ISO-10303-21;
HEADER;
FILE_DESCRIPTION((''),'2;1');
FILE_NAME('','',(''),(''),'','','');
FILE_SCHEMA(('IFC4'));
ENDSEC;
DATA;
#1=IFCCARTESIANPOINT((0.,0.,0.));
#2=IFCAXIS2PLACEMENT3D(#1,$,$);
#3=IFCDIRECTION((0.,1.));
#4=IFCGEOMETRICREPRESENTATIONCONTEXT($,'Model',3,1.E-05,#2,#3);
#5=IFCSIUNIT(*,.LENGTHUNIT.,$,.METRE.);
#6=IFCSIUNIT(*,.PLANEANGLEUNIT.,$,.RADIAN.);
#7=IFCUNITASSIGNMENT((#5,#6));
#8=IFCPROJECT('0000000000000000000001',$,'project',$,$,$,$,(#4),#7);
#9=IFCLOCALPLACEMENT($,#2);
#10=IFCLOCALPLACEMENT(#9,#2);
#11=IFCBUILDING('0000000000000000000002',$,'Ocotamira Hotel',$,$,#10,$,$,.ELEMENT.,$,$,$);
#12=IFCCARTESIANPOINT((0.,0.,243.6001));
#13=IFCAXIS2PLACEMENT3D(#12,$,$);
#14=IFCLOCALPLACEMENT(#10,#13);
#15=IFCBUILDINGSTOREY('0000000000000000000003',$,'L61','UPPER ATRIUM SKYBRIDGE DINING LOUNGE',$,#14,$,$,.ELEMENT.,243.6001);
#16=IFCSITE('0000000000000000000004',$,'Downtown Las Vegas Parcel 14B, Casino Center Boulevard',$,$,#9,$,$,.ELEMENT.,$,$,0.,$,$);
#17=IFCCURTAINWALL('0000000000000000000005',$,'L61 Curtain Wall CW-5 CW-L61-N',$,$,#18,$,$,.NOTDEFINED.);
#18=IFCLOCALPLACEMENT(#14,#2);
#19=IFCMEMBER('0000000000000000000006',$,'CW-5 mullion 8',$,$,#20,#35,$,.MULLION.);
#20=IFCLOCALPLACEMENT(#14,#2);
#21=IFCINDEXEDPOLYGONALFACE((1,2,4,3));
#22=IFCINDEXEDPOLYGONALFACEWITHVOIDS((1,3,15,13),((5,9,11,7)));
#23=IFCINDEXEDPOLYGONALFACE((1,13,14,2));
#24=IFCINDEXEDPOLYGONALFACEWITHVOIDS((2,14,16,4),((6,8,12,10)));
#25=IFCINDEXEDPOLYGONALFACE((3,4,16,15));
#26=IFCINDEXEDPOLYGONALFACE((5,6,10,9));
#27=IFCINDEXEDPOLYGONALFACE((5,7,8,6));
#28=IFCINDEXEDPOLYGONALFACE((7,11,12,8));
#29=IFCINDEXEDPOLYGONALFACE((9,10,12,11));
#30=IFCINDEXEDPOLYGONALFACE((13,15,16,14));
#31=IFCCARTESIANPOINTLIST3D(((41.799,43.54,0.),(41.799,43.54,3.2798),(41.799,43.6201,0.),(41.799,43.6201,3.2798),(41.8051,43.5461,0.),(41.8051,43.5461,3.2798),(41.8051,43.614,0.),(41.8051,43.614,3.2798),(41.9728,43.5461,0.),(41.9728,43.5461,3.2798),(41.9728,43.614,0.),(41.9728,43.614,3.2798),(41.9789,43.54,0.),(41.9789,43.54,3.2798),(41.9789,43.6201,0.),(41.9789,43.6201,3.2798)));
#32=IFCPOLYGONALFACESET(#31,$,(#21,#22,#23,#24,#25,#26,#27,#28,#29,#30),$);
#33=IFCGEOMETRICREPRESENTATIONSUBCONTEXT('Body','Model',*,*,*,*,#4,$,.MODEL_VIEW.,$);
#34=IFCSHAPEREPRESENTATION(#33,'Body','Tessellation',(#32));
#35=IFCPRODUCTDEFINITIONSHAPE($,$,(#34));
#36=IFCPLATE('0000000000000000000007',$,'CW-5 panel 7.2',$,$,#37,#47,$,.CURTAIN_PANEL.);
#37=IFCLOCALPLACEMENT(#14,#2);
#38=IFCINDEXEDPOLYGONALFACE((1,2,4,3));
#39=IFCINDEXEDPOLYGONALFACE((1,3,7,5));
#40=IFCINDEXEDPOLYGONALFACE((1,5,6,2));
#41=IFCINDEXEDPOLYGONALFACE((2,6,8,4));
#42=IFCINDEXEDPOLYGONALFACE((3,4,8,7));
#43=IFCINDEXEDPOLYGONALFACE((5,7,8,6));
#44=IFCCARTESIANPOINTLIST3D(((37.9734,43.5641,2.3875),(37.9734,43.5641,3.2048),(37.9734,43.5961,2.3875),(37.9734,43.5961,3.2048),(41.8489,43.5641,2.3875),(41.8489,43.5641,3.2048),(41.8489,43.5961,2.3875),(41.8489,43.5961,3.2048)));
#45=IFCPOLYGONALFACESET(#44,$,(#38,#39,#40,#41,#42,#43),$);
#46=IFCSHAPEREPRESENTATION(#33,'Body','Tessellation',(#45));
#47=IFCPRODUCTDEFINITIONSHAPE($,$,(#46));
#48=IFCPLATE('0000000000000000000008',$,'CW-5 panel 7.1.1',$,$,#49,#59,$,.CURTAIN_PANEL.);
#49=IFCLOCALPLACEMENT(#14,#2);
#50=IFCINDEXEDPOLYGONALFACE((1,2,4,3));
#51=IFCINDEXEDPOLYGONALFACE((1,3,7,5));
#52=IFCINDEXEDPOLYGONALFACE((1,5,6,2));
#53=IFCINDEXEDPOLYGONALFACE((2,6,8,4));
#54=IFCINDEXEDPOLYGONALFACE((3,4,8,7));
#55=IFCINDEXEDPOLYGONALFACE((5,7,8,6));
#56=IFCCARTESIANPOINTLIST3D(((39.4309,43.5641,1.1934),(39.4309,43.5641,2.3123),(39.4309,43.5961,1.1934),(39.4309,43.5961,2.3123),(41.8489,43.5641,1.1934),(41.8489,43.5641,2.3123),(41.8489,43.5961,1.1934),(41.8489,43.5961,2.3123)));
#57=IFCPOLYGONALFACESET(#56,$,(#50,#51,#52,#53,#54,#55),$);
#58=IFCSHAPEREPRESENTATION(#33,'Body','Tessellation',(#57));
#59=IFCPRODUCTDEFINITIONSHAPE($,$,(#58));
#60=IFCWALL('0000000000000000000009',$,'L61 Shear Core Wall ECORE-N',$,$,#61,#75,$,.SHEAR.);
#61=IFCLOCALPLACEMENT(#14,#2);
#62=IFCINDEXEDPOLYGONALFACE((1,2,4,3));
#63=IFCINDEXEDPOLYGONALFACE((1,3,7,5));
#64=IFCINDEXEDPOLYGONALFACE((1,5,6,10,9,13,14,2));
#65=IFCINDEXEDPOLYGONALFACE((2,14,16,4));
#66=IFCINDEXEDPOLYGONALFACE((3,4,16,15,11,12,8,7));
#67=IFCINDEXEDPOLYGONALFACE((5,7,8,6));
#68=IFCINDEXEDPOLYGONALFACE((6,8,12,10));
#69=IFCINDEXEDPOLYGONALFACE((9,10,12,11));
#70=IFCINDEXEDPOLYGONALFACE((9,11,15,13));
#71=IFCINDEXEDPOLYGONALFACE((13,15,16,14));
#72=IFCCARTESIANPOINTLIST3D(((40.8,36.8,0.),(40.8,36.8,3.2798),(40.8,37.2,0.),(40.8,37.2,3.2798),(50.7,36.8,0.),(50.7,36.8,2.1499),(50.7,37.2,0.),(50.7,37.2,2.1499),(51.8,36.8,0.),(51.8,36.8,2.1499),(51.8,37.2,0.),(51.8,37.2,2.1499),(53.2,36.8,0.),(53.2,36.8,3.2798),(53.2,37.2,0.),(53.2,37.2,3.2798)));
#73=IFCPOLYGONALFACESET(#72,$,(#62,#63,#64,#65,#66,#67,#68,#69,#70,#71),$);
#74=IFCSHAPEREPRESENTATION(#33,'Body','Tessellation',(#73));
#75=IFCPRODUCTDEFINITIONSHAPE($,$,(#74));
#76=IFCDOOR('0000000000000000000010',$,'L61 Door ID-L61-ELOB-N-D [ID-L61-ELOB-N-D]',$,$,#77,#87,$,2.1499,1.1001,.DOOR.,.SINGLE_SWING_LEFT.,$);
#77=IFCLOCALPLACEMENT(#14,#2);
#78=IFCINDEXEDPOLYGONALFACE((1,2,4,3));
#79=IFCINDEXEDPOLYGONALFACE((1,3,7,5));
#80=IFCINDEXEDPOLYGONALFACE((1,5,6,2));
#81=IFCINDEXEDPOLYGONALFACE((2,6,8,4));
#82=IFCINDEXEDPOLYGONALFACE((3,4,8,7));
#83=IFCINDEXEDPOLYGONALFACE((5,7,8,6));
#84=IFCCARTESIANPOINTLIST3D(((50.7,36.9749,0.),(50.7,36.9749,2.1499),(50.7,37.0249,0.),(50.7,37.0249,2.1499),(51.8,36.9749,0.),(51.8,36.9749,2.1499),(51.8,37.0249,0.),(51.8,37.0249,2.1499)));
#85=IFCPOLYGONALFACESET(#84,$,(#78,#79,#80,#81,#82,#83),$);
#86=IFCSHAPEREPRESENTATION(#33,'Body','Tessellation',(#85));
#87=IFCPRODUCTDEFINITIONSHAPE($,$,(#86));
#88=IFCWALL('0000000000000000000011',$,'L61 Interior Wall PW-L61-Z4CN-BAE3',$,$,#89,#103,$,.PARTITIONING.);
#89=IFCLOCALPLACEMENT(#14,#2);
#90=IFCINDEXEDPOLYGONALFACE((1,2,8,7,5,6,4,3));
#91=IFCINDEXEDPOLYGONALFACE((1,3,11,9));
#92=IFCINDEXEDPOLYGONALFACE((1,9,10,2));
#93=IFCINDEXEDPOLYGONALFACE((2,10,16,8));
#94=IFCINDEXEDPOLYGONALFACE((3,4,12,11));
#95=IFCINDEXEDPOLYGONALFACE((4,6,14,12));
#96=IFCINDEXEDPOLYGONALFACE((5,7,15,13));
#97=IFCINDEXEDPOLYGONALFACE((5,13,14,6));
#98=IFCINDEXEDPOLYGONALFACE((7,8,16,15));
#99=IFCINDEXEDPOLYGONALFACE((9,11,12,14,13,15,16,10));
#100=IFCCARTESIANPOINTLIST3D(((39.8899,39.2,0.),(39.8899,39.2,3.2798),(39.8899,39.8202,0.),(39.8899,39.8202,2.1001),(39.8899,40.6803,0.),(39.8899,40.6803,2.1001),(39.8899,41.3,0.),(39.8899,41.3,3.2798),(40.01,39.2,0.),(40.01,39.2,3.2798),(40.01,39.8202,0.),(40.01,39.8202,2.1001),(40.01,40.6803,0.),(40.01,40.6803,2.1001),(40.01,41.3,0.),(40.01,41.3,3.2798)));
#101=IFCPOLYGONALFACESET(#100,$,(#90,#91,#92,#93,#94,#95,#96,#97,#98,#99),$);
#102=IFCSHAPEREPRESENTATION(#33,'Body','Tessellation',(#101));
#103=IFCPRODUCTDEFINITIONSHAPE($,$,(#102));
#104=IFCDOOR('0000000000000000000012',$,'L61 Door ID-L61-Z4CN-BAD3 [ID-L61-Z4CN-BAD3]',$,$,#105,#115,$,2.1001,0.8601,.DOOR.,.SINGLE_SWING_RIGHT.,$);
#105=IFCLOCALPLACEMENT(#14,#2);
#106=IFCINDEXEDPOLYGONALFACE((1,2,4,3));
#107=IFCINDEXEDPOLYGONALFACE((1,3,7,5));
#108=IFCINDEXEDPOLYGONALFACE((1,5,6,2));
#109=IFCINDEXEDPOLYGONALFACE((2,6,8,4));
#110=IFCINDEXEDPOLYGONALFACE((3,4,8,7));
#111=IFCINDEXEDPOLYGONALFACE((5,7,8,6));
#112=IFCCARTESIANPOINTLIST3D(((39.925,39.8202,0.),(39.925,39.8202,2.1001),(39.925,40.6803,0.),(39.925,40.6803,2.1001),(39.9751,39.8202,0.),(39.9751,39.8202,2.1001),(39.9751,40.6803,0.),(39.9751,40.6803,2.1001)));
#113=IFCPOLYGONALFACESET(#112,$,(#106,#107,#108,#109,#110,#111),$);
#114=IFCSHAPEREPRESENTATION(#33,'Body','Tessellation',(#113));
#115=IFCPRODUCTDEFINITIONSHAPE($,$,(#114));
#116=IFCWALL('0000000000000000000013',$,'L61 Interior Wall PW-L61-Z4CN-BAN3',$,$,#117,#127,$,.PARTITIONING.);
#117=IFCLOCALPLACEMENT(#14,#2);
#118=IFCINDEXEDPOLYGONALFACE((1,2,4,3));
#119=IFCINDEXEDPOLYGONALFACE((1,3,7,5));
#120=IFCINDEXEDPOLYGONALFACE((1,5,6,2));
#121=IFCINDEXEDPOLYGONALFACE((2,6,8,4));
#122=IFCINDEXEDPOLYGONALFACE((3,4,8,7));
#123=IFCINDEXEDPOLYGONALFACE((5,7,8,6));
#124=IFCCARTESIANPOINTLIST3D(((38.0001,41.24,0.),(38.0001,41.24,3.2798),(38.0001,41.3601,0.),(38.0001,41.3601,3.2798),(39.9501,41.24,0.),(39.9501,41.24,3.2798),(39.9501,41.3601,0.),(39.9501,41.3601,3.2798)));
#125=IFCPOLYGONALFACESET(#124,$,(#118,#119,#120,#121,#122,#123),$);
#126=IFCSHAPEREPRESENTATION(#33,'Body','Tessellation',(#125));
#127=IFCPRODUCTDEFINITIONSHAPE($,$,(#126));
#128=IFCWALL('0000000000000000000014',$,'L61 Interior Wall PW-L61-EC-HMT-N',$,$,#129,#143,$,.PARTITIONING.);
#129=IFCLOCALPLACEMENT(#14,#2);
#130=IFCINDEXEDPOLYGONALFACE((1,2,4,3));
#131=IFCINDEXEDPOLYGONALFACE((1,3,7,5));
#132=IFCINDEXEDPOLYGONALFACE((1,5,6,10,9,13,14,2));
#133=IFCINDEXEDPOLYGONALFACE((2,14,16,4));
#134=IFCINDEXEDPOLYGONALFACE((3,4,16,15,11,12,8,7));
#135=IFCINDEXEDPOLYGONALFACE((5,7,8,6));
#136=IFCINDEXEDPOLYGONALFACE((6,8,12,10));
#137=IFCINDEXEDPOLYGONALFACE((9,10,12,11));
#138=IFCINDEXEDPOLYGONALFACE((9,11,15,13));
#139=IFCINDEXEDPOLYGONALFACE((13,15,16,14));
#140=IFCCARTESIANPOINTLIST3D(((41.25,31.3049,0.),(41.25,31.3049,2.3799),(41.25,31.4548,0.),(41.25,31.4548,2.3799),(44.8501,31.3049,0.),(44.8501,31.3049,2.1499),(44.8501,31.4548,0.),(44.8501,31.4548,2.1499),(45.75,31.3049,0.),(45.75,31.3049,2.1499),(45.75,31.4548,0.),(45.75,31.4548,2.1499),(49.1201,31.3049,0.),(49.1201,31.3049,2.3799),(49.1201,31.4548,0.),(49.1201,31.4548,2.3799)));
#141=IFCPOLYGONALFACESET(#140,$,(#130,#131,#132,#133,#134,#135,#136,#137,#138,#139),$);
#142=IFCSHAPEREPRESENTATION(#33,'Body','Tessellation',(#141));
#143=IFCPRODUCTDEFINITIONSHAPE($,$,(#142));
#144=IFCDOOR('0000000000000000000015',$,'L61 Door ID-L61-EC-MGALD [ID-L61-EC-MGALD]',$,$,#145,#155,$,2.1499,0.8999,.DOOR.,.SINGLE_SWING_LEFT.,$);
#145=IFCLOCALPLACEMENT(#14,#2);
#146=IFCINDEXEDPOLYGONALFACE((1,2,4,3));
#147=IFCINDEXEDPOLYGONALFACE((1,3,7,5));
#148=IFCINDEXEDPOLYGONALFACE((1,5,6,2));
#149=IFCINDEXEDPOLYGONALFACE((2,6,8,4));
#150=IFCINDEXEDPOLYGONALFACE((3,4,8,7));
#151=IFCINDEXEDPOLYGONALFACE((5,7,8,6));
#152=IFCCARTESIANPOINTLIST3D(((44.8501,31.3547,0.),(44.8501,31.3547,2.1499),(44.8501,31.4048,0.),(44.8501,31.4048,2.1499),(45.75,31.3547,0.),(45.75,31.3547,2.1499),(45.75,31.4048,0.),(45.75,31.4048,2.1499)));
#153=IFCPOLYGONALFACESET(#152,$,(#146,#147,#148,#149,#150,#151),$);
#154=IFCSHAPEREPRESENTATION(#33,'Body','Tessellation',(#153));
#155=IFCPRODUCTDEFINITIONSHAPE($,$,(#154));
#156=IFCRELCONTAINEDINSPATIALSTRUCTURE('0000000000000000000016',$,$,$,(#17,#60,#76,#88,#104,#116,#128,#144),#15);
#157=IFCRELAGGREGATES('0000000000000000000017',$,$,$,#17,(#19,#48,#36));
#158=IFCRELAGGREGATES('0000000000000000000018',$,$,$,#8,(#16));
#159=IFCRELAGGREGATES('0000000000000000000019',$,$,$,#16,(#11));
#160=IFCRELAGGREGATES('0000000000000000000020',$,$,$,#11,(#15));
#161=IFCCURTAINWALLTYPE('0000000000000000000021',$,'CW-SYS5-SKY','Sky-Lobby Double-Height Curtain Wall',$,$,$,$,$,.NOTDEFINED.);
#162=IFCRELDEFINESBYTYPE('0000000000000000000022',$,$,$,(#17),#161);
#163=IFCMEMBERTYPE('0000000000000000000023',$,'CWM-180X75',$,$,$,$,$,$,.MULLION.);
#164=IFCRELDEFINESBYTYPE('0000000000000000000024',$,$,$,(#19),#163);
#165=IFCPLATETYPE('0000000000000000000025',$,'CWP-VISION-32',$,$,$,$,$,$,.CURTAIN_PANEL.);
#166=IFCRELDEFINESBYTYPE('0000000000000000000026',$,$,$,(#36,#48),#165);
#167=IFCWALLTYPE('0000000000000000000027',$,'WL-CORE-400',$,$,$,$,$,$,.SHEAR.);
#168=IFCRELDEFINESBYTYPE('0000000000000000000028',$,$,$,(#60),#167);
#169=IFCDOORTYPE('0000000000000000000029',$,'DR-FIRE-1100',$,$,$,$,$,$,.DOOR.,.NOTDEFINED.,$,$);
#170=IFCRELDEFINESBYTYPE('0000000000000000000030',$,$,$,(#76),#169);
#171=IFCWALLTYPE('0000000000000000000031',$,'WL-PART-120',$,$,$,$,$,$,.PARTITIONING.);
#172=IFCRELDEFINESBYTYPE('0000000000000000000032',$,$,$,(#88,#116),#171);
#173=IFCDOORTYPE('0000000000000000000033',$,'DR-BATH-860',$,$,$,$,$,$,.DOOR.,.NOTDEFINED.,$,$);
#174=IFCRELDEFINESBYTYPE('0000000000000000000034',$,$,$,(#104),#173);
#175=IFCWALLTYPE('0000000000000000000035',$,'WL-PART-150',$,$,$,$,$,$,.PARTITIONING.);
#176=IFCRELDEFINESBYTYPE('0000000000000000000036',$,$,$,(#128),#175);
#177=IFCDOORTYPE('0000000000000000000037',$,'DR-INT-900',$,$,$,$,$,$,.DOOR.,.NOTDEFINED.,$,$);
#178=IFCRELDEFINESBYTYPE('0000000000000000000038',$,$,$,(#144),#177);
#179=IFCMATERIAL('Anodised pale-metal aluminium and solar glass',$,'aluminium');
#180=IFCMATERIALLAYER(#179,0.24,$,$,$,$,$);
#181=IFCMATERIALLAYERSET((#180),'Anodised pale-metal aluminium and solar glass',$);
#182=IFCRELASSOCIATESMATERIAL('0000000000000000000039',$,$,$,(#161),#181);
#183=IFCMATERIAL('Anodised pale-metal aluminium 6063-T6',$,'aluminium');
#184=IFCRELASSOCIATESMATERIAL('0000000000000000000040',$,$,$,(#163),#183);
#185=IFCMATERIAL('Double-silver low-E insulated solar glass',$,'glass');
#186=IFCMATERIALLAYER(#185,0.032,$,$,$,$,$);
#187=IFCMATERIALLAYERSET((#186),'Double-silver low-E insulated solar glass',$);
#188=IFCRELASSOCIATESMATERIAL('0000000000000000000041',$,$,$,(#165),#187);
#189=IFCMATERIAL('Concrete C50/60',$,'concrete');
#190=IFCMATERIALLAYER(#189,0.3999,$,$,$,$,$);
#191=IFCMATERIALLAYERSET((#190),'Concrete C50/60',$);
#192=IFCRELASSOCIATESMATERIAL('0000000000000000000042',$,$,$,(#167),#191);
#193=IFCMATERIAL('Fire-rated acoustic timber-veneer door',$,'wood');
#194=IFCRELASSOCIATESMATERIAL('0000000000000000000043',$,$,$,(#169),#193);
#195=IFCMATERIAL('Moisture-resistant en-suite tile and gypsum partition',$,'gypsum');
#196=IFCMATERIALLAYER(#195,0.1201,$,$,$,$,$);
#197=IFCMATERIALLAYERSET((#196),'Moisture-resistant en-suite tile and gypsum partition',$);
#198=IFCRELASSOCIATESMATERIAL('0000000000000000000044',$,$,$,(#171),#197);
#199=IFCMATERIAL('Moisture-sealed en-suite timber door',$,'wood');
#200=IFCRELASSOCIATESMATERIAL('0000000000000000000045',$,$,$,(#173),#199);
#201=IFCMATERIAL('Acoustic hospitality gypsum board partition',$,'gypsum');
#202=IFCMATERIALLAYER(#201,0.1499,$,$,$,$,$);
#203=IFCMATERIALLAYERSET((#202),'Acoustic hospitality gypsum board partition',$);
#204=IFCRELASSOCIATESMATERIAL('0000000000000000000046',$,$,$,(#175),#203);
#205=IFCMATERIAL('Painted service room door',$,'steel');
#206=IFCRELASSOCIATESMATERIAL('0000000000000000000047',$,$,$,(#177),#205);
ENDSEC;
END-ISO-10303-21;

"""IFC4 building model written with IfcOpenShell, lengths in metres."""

from ifc_helpers import new_model, si_unit, direction, frame, frame_2d, origin, origin_2d, place, context, subcontext, project, spatial, rectangle, hollow_rectangle, extrude, source, transform, mapped, material, layer, layer_set, material_profile, profile_set, type_object, element, fill, aggregate, save


model = new_model("IFC4")

# Units and contexts
model_context = context("Model", 3, precision=1e-05, world=origin(), true_north=direction((0.0, 1.0)))
body_context = subcontext(model_context, "Body", "Model", "MODEL_VIEW")
ifc_project = project(units=[si_unit("LENGTHUNIT", "METRE"), si_unit("PLANEANGLEUNIT", "RADIAN")], contexts=[model_context])

# Site, building, storey
site_placement = place(None, origin())
site = spatial("IfcSite", under=ifc_project, at=site_placement, Name="Downtown Las Vegas Parcel 14B, Casino Center Boulevard", CompositionType="ELEMENT", RefElevation=0.0)
building_placement = place(site_placement, origin())
building = spatial("IfcBuilding", under=site, at=building_placement, Name="Ocotamira Hotel", CompositionType="ELEMENT")
storey_placement = place(building_placement, frame((0.0, 0.0, 243.6001)))
storey = spatial("IfcBuildingStorey", under=building, at=storey_placement, Name="L61", Description="UPPER ATRIUM SKYBRIDGE DINING LOUNGE", CompositionType="ELEMENT", Elevation=243.6001)

# Shared definitions
ifc_material_1 = material(Name="Concrete C50/60", Category="concrete")

# Curtain wall, member, plates
ifc_material_2 = material(Name="Anodised pale-metal aluminium and solar glass", Category="aluminium")
ifc_layer_1 = layer(ifc_material_2, 0.24)
ifc_layer_set_1 = layer_set([ifc_layer_1], Name="Anodised pale-metal aluminium and solar glass")
curtain_wall_type = type_object("IfcCurtainWallType", Name="CW-SYS5-SKY", Description="Sky-Lobby Double-Height Curtain Wall", PredefinedType="NOTDEFINED", material=ifc_layer_set_1)
curtain_wall_placement = place(storey_placement, origin())
curtain_wall = element("IfcCurtainWall", 1, at=curtain_wall_placement, inside=storey, type_object=curtain_wall_type, Name="L61 Curtain Wall CW-5 CW-L61-N", PredefinedType="NOTDEFINED")
ifc_material_3 = material(Name="Anodised pale-metal aluminium 6063-T6", Category="aluminium")
ifc_material_profile_1 = material_profile(ifc_material_3, hollow_rectangle(XDim=0.0801, YDim=0.1799, WallThickness=0.0061, at=origin_2d()), Name="HSS180X80X6")
ifc_profile_set_1 = profile_set([ifc_material_profile_1], Name="Anodised pale-metal aluminium 6063-T6")
member_type_1 = type_object("IfcMemberType", Name="CWM-180X75", PredefinedType="MULLION", material=ifc_profile_set_1)
shared_shape_1 = source(origin(), body_context, "Body", "SweptSolid", [
    extrude(hollow_rectangle(XDim=0.0801, YDim=0.1799, WallThickness=0.0061, at=origin_2d()), origin(), (0.0, 0.0, 1.0), 3.2798),
])
member_1_placement = place(storey_placement, frame((41.8889, 43.5801, 0.0), z_axis=(0.0, 0.0, 1.0), x_axis=(0.0, 1.0, 0.0)))
member_1 = element("IfcMember", 2, at=member_1_placement, type_object=member_type_1, Name="CW-5 mullion 8", PredefinedType="MULLION", context=body_context, shape_type="MappedRepresentation", body=[
    mapped(shared_shape_1, transform((0.0, 0.0, 0.0), scale=1.0)),
])
ifc_material_4 = material(Name="Double-silver low-E insulated solar glass", Category="glass")
ifc_layer_2 = layer(ifc_material_4, 0.032)
ifc_layer_set_2 = layer_set([ifc_layer_2], Name="Double-silver low-E insulated solar glass")
plate_type = type_object("IfcPlateType", Name="CWP-VISION-32", PredefinedType="CURTAIN_PANEL", material=ifc_layer_set_2)
shared_shape_2 = source(origin(), body_context, "Body", "SweptSolid", [
    extrude(rectangle(XDim=3.8755, YDim=0.032, at=origin_2d()), origin(), (0.0, 0.0, 1.0), 0.8174),
])
plate_1_placement = place(storey_placement, frame((39.9111, 43.5801, 2.3875), z_axis=(0.0, 0.0, 1.0), x_axis=(1.0, 0.0, 0.0)))
plate_1 = element("IfcPlate", 3, at=plate_1_placement, type_object=plate_type, Name="CW-5 panel 7.2", PredefinedType="CURTAIN_PANEL", context=body_context, shape_type="MappedRepresentation", body=[
    mapped(shared_shape_2, transform((0.0, 0.0, 0.0), scale=1.0)),
])
shared_shape_3 = source(origin(), body_context, "Body", "SweptSolid", [
    extrude(rectangle(XDim=2.418, YDim=0.032, at=origin_2d()), origin(), (0.0, 0.0, 1.0), 1.1189),
])
plate_2_placement = place(storey_placement, frame((40.6399, 43.5801, 1.1934), z_axis=(0.0, 0.0, 1.0), x_axis=(1.0, 0.0, 0.0)))
plate_2 = element("IfcPlate", 4, at=plate_2_placement, type_object=plate_type, Name="CW-5 panel 7.1.1", PredefinedType="CURTAIN_PANEL", context=body_context, shape_type="MappedRepresentation", body=[
    mapped(shared_shape_3, transform((0.0, 0.0, 0.0), scale=1.0)),
])
aggregate(curtain_wall, [member_1, plate_2, plate_1])

# Walls, openings, doors
ifc_layer_3 = layer(ifc_material_1, 0.3999)
ifc_layer_set_3 = layer_set([ifc_layer_3], Name="Concrete C50/60")
wall_type_1 = type_object("IfcWallType", Name="WL-CORE-400", PredefinedType="SHEAR", material=ifc_layer_set_3)
wall_1_placement = place(storey_placement, frame((40.8, 37.0, 0.0), z_axis=(0.0, 0.0, 1.0), x_axis=(1.0, 0.0, 0.0)))
wall_1 = element("IfcWall", 5, at=wall_1_placement, inside=storey, type_object=wall_type_1, Name="L61 Shear Core Wall ECORE-N", PredefinedType="SHEAR", context=body_context, shape_type="SweptSolid", body=[
    extrude(rectangle(XDim=12.3999, YDim=0.3999, at=frame_2d((6.2, 0.0))), origin(), (0.0, 0.0, 1.0), 3.2798),
])
opening_1_placement = place(wall_1_placement, frame((9.8999, 0.0, 0.0)))
opening_1 = element("IfcOpeningElement", 6, at=opening_1_placement, cuts=wall_1, PredefinedType="OPENING", context=body_context, shape_type="SweptSolid", body=[
    extrude(rectangle(XDim=1.1001, YDim=2.1499, at=frame_2d((0.55, 1.075))), frame((0.0, 0.21, 0.0), z_axis=(0.0, -1.0, 0.0), x_axis=(1.0, 0.0, 0.0)), (0.0, 0.0, 1.0), 0.4199),
])
ifc_material_5 = material(Name="Fire-rated acoustic timber-veneer door", Category="wood")
door_type_1 = type_object("IfcDoorType", Name="DR-FIRE-1100", OperationType="NOTDEFINED", PredefinedType="DOOR", material=ifc_material_5)
shared_shape_4 = source(origin(), body_context, "Body", "SweptSolid", [
    extrude(rectangle(XDim=1.1001, YDim=2.1499, at=frame_2d((0.55, 1.075))), frame((0.0, 0.0249, 0.0), z_axis=(0.0, -1.0, 0.0), x_axis=(1.0, 0.0, 0.0)), (0.0, 0.0, 1.0), 0.05),
])
door_1_placement = place(opening_1_placement, origin())
door_1 = element("IfcDoor", 7, at=door_1_placement, inside=storey, type_object=door_type_1, Name="L61 Door ID-L61-ELOB-N-D [ID-L61-ELOB-N-D]", OperationType="SINGLE_SWING_LEFT", OverallHeight=2.1499, OverallWidth=1.1001, PredefinedType="DOOR", context=body_context, shape_type="MappedRepresentation", body=[
    mapped(shared_shape_4, transform((0.0, 0.0, 0.0), scale=1.0)),
])
fill(opening_1, door_1)
ifc_material_6 = material(Name="Moisture-resistant en-suite tile and gypsum partition", Category="gypsum")
ifc_layer_4 = layer(ifc_material_6, 0.1201)
ifc_layer_set_4 = layer_set([ifc_layer_4], Name="Moisture-resistant en-suite tile and gypsum partition")
wall_type_2 = type_object("IfcWallType", Name="WL-PART-120", PredefinedType="PARTITIONING", material=ifc_layer_set_4)
wall_2_placement = place(storey_placement, frame((39.95, 39.2, 0.0), z_axis=(0.0, 0.0, 1.0), x_axis=(0.0, 1.0, 0.0)))
wall_2 = element("IfcWall", 8, at=wall_2_placement, inside=storey, type_object=wall_type_2, Name="L61 Interior Wall PW-L61-Z4CN-BAE3", PredefinedType="PARTITIONING", context=body_context, shape_type="SweptSolid", body=[
    extrude(rectangle(XDim=2.1001, YDim=0.1201, at=frame_2d((1.05, 0.0))), origin(), (0.0, 0.0, 1.0), 3.2798),
])
opening_2_placement = place(wall_2_placement, frame((0.6201, 0.0, 0.0)))
opening_2 = element("IfcOpeningElement", 9, at=opening_2_placement, cuts=wall_2, PredefinedType="OPENING", context=body_context, shape_type="SweptSolid", body=[
    extrude(rectangle(XDim=0.8601, YDim=2.1001, at=frame_2d((0.4302, 1.05))), frame((0.0, 0.0701, 0.0), z_axis=(0.0, -1.0, 0.0), x_axis=(1.0, 0.0, 0.0)), (0.0, 0.0, 1.0), 0.1401),
])
ifc_material_7 = material(Name="Moisture-sealed en-suite timber door", Category="wood")
door_type_2 = type_object("IfcDoorType", Name="DR-BATH-860", OperationType="NOTDEFINED", PredefinedType="DOOR", material=ifc_material_7)
shared_shape_5 = source(origin(), body_context, "Body", "SweptSolid", [
    extrude(rectangle(XDim=0.8601, YDim=2.1001, at=frame_2d((0.4302, 1.05))), frame((0.0, 0.0249, 0.0), z_axis=(0.0, -1.0, 0.0), x_axis=(1.0, 0.0, 0.0)), (0.0, 0.0, 1.0), 0.05),
])
door_2_placement = place(opening_2_placement, origin())
door_2 = element("IfcDoor", 10, at=door_2_placement, inside=storey, type_object=door_type_2, Name="L61 Door ID-L61-Z4CN-BAD3 [ID-L61-Z4CN-BAD3]", OperationType="SINGLE_SWING_RIGHT", OverallHeight=2.1001, OverallWidth=0.8601, PredefinedType="DOOR", context=body_context, shape_type="MappedRepresentation", body=[
    mapped(shared_shape_5, transform((0.0, 0.0, 0.0), scale=1.0)),
])
fill(opening_2, door_2)

# Wall
wall_3_placement = place(storey_placement, frame((38.0, 41.3, 0.0), z_axis=(0.0, 0.0, 1.0), x_axis=(1.0, 0.0, 0.0)))
element("IfcWall", 11, at=wall_3_placement, inside=storey, type_object=wall_type_2, Name="L61 Interior Wall PW-L61-Z4CN-BAN3", PredefinedType="PARTITIONING", context=body_context, shape_type="SweptSolid", body=[
    extrude(rectangle(XDim=1.95, YDim=0.1201, at=frame_2d((0.9751, 0.0))), origin(), (0.0, 0.0, 1.0), 3.2798),
])

# Wall, opening, door
ifc_material_8 = material(Name="Acoustic hospitality gypsum board partition", Category="gypsum")
ifc_layer_5 = layer(ifc_material_8, 0.1499)
ifc_layer_set_5 = layer_set([ifc_layer_5], Name="Acoustic hospitality gypsum board partition")
wall_type_3 = type_object("IfcWallType", Name="WL-PART-150", PredefinedType="PARTITIONING", material=ifc_layer_set_5)
wall_4_placement = place(storey_placement, frame((41.25, 31.3799, 0.0), z_axis=(0.0, 0.0, 1.0), x_axis=(1.0, 0.0, 0.0)))
wall_4 = element("IfcWall", 12, at=wall_4_placement, inside=storey, type_object=wall_type_3, Name="L61 Interior Wall PW-L61-EC-HMT-N", PredefinedType="PARTITIONING", context=body_context, shape_type="SweptSolid", body=[
    extrude(rectangle(XDim=7.8701, YDim=0.1499, at=frame_2d((3.9351, 0.0))), origin(), (0.0, 0.0, 1.0), 2.3799),
])
opening_3_placement = place(wall_4_placement, frame((3.6001, 0.0, 0.0)))
opening_3 = element("IfcOpeningElement", 13, at=opening_3_placement, cuts=wall_4, PredefinedType="OPENING", context=body_context, shape_type="SweptSolid", body=[
    extrude(rectangle(XDim=0.8999, YDim=2.1499, at=frame_2d((0.45, 1.075))), frame((0.0, 0.085, 0.0), z_axis=(0.0, -1.0, 0.0), x_axis=(1.0, 0.0, 0.0)), (0.0, 0.0, 1.0), 0.1699),
])
ifc_material_9 = material(Name="Painted service room door", Category="steel")
door_type_3 = type_object("IfcDoorType", Name="DR-INT-900", OperationType="NOTDEFINED", PredefinedType="DOOR", material=ifc_material_9)
shared_shape_6 = source(origin(), body_context, "Body", "SweptSolid", [
    extrude(rectangle(XDim=0.8999, YDim=2.1499, at=frame_2d((0.45, 1.075))), frame((0.0, 0.0249, 0.0), z_axis=(0.0, -1.0, 0.0), x_axis=(1.0, 0.0, 0.0)), (0.0, 0.0, 1.0), 0.05),
])
door_3_placement = place(opening_3_placement, origin())
door_3 = element("IfcDoor", 14, at=door_3_placement, inside=storey, type_object=door_type_3, Name="L61 Door ID-L61-EC-MGALD [ID-L61-EC-MGALD]", OperationType="SINGLE_SWING_LEFT", OverallHeight=2.1499, OverallWidth=0.8999, PredefinedType="DOOR", context=body_context, shape_type="MappedRepresentation", body=[
    mapped(shared_shape_6, transform((0.0, 0.0, 0.0), scale=1.0)),
])
fill(opening_3, door_3)

save(model, "model.ifc")
